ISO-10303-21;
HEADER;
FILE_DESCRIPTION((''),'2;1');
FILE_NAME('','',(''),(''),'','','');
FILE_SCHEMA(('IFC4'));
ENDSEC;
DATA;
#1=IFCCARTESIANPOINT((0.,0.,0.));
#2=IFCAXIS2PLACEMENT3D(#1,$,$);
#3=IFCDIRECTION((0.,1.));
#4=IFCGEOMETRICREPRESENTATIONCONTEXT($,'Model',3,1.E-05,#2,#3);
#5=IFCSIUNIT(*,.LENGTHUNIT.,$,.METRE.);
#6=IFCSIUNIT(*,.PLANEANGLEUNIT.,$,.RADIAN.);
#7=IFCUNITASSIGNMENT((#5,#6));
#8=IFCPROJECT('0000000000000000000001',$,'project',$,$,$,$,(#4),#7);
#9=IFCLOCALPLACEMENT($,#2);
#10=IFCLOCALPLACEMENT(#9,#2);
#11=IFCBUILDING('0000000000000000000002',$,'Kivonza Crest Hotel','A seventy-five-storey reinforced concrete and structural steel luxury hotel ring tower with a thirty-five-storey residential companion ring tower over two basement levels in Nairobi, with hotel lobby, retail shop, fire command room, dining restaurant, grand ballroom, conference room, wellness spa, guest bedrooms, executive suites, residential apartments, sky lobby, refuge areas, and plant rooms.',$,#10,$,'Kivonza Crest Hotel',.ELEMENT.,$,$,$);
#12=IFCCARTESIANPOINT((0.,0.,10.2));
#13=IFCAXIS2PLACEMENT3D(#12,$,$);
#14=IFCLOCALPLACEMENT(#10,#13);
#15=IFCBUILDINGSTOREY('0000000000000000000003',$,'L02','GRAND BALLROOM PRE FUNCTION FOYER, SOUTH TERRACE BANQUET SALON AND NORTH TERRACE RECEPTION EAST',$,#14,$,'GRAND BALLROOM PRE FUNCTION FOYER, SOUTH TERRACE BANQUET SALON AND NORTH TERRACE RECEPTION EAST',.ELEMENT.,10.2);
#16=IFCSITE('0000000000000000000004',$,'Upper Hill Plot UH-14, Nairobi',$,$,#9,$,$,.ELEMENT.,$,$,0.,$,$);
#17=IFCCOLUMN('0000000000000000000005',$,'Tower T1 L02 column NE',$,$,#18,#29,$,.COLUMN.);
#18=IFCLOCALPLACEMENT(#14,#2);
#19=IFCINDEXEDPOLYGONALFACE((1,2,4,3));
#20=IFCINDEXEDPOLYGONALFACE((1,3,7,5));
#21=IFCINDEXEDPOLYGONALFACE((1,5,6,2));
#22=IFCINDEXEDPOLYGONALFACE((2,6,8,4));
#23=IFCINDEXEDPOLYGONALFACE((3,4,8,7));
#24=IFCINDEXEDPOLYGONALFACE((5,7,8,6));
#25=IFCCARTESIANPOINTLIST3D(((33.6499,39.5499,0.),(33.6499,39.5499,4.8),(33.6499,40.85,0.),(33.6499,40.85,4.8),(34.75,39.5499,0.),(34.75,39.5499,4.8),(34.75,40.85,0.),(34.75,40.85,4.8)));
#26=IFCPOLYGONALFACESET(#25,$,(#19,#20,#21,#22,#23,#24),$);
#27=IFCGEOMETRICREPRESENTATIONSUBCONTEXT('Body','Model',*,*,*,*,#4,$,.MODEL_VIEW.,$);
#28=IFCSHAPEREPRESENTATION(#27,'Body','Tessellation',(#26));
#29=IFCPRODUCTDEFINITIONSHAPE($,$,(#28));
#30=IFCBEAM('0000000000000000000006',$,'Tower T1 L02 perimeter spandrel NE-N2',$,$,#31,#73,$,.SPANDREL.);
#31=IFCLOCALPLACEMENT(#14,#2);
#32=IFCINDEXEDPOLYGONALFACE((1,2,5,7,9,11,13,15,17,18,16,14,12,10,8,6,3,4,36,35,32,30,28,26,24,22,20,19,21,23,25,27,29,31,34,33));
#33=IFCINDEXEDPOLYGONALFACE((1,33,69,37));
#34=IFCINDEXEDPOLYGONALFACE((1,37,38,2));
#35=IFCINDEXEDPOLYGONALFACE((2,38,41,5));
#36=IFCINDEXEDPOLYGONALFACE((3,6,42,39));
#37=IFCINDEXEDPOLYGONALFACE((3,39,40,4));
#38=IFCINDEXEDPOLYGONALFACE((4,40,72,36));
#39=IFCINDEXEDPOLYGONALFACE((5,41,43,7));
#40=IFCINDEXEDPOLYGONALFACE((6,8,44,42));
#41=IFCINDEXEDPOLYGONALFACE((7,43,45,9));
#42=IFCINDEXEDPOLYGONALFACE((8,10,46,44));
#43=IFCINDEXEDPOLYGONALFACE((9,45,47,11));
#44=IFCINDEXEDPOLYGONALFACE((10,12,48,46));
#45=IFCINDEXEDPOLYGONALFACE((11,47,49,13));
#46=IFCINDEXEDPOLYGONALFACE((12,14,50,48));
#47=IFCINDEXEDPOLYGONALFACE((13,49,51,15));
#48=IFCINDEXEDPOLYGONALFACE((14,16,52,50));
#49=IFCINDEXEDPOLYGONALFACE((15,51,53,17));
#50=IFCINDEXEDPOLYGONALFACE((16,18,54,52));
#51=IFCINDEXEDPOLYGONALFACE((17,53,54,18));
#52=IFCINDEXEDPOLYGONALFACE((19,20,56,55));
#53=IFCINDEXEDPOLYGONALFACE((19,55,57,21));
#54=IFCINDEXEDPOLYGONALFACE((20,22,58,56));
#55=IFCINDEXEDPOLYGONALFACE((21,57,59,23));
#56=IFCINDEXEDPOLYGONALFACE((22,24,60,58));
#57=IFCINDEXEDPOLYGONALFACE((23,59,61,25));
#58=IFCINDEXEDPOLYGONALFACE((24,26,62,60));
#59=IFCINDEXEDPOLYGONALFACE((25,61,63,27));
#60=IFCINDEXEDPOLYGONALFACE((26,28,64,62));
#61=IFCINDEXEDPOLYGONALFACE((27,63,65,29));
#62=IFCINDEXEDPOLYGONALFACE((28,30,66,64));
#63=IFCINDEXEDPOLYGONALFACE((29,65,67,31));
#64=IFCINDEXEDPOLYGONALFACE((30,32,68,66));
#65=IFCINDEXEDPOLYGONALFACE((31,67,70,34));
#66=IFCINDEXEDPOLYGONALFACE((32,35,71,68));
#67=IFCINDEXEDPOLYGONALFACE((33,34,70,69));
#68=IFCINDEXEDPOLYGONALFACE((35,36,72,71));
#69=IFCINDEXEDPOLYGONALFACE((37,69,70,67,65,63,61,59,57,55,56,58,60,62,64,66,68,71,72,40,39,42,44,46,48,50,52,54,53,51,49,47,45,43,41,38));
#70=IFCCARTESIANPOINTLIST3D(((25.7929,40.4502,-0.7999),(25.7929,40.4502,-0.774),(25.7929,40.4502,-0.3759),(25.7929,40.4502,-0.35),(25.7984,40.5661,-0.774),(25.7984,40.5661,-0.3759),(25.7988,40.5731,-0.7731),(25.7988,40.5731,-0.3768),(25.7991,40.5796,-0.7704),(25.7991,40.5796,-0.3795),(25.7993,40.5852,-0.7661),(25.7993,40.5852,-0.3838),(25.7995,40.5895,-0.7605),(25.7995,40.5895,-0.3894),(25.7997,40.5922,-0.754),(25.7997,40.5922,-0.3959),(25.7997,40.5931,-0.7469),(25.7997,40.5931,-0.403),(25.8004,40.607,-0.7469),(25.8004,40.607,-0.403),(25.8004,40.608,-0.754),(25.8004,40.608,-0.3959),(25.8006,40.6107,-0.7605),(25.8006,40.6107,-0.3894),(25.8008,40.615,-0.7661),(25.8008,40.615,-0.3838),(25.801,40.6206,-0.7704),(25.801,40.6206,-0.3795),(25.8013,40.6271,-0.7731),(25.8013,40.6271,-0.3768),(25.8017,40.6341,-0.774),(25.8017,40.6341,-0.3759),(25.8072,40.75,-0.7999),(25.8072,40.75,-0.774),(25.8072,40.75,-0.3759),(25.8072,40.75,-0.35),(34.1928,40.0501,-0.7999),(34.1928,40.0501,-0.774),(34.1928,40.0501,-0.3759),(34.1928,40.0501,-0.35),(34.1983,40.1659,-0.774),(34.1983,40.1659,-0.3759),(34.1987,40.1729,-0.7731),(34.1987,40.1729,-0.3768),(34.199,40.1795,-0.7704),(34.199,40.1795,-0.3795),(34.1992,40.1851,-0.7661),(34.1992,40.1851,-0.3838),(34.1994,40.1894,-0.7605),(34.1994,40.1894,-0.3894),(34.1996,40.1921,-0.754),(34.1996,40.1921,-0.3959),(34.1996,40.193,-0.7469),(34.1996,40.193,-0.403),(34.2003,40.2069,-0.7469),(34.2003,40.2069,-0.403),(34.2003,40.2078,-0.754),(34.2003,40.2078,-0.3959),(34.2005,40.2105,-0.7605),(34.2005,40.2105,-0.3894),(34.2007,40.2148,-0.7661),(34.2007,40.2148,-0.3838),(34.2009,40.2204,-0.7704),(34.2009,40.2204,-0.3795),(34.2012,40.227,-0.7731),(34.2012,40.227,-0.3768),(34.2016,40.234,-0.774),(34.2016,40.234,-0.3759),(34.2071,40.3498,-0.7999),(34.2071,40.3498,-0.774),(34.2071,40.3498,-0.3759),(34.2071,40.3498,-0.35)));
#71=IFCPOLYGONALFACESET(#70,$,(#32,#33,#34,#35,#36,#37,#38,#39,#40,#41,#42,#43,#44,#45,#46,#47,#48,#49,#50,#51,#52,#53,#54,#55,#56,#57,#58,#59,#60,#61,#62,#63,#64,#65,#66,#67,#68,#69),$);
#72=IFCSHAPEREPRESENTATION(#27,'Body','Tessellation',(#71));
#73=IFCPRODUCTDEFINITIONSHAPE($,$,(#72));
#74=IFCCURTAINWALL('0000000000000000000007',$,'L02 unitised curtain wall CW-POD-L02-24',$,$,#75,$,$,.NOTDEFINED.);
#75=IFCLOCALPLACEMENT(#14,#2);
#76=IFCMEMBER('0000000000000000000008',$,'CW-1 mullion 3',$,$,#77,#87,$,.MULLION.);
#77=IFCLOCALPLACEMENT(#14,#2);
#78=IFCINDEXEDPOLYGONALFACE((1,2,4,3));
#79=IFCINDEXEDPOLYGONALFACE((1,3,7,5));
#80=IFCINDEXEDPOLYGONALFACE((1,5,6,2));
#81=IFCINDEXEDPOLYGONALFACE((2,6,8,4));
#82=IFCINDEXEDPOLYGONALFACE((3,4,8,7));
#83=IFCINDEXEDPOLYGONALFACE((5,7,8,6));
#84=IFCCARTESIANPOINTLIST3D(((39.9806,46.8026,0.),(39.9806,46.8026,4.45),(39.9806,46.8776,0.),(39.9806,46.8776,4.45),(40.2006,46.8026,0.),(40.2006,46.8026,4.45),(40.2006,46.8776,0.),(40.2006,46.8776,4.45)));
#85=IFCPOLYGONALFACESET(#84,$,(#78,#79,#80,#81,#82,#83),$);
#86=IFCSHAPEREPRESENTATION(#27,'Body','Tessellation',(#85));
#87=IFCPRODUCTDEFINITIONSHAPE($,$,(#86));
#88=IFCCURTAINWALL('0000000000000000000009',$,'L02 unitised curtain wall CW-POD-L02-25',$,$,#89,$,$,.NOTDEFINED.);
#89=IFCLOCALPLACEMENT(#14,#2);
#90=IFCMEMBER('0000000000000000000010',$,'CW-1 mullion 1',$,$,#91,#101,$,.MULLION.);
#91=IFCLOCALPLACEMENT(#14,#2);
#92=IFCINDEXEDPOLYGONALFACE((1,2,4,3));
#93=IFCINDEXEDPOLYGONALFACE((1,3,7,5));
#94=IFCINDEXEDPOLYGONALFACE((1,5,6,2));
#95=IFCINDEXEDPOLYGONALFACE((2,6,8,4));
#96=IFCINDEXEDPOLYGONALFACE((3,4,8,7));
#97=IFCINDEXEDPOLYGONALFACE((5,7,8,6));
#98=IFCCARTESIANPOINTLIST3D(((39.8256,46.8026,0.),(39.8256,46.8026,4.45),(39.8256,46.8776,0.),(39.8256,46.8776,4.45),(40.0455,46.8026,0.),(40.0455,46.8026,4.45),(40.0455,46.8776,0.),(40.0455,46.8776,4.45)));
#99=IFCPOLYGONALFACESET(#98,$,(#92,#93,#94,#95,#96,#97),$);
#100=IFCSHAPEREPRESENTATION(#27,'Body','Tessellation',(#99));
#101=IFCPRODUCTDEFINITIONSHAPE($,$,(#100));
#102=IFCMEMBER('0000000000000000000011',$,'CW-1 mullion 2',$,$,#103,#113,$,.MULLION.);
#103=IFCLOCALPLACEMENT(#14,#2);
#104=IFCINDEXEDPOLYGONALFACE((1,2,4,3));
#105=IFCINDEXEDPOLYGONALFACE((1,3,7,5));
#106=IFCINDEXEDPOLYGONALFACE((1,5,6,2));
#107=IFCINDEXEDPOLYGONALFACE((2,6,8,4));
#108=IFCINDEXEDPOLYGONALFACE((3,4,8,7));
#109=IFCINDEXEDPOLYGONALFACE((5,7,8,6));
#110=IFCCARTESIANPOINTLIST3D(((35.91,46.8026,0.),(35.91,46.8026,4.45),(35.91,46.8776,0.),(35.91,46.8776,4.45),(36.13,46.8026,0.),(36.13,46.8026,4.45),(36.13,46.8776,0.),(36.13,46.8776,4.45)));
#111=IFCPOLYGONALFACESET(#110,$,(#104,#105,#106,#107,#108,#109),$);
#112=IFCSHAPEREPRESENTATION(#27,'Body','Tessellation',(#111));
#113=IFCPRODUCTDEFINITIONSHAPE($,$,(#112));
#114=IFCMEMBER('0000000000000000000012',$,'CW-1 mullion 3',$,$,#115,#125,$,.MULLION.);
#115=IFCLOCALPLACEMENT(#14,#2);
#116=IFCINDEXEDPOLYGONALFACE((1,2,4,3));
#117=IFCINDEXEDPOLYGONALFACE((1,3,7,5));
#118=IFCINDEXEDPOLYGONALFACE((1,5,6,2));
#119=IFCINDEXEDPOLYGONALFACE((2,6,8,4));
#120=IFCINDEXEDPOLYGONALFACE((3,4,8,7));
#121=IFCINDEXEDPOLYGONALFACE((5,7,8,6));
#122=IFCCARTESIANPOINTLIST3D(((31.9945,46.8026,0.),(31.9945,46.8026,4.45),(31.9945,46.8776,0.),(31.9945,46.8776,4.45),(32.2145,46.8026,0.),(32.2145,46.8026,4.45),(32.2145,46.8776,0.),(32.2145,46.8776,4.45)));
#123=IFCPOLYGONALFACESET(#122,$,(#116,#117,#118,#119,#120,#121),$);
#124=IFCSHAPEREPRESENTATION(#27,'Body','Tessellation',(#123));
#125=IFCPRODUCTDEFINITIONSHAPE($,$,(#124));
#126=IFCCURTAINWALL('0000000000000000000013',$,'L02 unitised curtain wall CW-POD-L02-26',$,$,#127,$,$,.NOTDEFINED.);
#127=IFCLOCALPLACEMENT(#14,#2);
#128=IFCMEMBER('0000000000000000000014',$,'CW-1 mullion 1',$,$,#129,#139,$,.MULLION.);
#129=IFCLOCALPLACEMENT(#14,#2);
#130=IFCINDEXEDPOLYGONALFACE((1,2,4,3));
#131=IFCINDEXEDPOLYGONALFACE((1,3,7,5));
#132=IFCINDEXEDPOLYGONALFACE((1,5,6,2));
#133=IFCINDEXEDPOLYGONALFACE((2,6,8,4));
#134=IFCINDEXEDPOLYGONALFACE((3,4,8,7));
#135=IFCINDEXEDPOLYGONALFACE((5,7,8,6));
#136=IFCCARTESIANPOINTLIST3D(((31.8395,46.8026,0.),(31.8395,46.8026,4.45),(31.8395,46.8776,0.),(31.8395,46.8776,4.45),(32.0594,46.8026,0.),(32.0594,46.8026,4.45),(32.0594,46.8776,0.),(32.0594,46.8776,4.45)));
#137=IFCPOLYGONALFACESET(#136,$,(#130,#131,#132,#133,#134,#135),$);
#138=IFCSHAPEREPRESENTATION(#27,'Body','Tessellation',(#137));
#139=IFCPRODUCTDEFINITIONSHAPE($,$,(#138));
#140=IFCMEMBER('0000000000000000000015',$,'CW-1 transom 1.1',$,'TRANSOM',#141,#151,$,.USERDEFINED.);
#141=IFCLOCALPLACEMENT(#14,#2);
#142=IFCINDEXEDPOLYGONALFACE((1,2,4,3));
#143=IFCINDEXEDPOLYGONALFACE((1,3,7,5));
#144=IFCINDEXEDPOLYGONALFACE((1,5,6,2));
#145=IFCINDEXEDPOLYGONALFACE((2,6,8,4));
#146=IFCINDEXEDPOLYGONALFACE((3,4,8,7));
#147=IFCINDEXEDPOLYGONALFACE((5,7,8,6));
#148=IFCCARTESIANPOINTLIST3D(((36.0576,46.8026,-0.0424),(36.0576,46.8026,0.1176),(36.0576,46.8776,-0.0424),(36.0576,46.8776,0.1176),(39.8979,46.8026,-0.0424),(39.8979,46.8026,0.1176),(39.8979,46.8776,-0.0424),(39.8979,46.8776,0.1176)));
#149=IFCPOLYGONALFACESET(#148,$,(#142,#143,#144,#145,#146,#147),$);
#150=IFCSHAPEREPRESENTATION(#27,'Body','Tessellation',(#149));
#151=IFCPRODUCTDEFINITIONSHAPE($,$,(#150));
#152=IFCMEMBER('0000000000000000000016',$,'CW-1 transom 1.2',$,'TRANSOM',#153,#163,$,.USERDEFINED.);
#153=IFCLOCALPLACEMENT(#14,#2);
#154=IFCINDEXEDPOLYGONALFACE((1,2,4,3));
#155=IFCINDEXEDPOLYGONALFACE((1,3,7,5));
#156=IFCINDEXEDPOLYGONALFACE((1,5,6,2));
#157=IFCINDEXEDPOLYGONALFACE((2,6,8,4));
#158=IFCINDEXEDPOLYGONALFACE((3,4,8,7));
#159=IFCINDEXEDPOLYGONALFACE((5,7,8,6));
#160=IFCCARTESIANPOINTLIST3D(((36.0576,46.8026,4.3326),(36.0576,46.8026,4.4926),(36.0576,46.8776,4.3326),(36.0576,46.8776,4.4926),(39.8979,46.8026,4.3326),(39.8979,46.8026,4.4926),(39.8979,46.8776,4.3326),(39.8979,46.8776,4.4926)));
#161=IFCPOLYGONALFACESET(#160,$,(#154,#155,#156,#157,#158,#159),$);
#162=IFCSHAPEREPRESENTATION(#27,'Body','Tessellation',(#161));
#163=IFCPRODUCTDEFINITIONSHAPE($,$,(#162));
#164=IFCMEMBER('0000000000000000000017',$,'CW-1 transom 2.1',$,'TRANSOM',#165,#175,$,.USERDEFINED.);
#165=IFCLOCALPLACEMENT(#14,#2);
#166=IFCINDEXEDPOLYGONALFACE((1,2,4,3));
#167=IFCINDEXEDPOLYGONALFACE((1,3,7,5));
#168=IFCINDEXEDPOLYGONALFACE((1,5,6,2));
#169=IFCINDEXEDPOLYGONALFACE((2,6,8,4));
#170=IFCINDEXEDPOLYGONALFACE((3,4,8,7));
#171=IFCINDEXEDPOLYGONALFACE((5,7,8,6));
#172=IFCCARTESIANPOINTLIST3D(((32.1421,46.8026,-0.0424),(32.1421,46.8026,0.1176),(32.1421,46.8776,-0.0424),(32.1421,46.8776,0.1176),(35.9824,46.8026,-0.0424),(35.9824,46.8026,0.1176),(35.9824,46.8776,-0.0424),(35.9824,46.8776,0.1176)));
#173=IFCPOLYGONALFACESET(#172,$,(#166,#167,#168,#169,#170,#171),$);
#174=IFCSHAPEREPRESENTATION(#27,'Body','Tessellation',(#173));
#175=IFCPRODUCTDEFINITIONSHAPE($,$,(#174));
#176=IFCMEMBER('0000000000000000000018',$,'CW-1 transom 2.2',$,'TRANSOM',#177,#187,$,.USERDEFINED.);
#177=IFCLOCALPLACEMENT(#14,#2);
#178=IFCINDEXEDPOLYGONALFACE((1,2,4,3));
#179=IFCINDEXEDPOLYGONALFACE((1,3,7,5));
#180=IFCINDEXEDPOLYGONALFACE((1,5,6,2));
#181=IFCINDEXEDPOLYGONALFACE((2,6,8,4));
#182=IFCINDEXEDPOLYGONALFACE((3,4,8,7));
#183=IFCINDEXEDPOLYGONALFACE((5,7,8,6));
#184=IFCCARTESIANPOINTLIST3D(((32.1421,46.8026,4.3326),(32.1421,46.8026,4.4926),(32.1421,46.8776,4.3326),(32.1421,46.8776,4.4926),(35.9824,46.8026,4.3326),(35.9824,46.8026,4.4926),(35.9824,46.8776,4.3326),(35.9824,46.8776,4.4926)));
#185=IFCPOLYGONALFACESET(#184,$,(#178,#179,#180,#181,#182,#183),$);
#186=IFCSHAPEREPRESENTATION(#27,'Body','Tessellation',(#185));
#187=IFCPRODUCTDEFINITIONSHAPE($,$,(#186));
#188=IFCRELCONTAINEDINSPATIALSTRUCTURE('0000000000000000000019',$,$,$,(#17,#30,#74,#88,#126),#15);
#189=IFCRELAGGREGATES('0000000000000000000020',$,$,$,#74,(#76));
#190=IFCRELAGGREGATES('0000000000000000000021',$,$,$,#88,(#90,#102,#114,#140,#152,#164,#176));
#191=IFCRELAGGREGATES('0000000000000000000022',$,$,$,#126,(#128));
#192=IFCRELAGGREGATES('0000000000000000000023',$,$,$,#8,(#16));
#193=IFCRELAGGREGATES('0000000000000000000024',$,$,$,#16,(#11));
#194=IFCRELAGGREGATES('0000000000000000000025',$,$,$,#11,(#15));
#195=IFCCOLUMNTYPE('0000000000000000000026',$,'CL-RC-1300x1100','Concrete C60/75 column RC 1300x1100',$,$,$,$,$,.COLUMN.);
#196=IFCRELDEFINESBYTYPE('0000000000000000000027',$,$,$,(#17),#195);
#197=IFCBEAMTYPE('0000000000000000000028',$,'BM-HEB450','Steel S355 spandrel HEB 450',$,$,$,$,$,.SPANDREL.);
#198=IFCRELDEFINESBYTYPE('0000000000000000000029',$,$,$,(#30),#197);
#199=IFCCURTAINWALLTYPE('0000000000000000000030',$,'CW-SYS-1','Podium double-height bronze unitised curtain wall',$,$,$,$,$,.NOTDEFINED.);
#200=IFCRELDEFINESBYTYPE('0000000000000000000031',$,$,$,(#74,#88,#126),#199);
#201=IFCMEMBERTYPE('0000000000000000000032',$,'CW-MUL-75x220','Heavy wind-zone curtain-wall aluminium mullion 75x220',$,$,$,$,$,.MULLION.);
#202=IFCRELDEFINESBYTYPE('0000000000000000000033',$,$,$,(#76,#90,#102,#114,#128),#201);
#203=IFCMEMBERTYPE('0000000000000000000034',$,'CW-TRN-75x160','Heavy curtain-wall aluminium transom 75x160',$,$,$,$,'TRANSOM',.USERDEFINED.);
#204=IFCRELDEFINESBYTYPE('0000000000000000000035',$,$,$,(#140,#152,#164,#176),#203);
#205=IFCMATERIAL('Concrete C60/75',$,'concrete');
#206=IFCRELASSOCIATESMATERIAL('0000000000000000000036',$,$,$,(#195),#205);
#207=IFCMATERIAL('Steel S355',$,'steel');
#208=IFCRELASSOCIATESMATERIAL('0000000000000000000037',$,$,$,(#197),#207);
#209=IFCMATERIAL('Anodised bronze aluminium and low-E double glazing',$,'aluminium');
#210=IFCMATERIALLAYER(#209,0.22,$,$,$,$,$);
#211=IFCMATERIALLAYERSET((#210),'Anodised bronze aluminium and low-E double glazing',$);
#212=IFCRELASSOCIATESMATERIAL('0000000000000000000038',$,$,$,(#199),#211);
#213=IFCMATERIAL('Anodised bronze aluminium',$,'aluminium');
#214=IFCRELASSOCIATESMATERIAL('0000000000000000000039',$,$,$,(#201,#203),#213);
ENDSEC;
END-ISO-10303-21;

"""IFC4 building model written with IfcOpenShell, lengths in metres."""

from ifc_helpers import new_model, si_unit, direction, frame, origin, origin_2d, place, context, subcontext, project, spatial, rectangle, i_section, extrude, material, layer, layer_set, material_profile, profile_set, type_object, element, aggregate, save


model = new_model("IFC4")

# Units and contexts
model_context = context("Model", 3, precision=1e-05, world=origin(), true_north=direction((0.0, 1.0)))
body_context = subcontext(model_context, "Body", "Model", "MODEL_VIEW")
ifc_project = project(units=[si_unit("LENGTHUNIT", "METRE"), si_unit("PLANEANGLEUNIT", "RADIAN")], contexts=[model_context])

# Site, building, storey
site_placement = place(None, origin())
site = spatial("IfcSite", under=ifc_project, at=site_placement, Name="Upper Hill Plot UH-14, Nairobi", CompositionType="ELEMENT", RefElevation=0.0)
building_placement = place(site_placement, origin())
building = spatial("IfcBuilding", under=site, at=building_placement, Name="Kivonza Crest Hotel", Description="A seventy-five-storey reinforced concrete and structural steel luxury hotel ring tower with a thirty-five-storey residential companion ring tower over two basement levels in Nairobi, with hotel lobby, retail shop, fire command room, dining restaurant, grand ballroom, conference room, wellness spa, guest bedrooms, executive suites, residential apartments, sky lobby, refuge areas, and plant rooms.", LongName="Kivonza Crest Hotel", CompositionType="ELEMENT")
storey_placement = place(building_placement, frame((0.0, 0.0, 10.2)))
storey = spatial("IfcBuildingStorey", under=building, at=storey_placement, Name="L02", Description="GRAND BALLROOM PRE FUNCTION FOYER, SOUTH TERRACE BANQUET SALON AND NORTH TERRACE RECEPTION EAST", LongName="GRAND BALLROOM PRE FUNCTION FOYER, SOUTH TERRACE BANQUET SALON AND NORTH TERRACE RECEPTION EAST", CompositionType="ELEMENT", Elevation=10.2)

# Column
ifc_material_1 = material(Name="Concrete C60/75", Category="concrete")
ifc_material_profile_1 = material_profile(ifc_material_1, rectangle(XDim=1.1001, YDim=1.3, at=origin_2d()), Name="RC 1300x1100")
ifc_profile_set_1 = profile_set([ifc_material_profile_1], Name="Concrete C60/75")
column_type = type_object("IfcColumnType", Name="CL-RC-1300x1100", Description="Concrete C60/75 column RC 1300x1100", PredefinedType="COLUMN", material=ifc_profile_set_1)
column_placement = place(storey_placement, frame((34.2, 40.2, 0.0), z_axis=(0.0, 0.0, 1.0), x_axis=(1.0, 0.0, 0.0)))
element("IfcColumn", 1, at=column_placement, inside=storey, type_object=column_type, Name="Tower T1 L02 column NE", PredefinedType="COLUMN", context=body_context, shape_type="SweptSolid", body=[
    extrude(rectangle(XDim=1.1001, YDim=1.3, at=origin_2d()), origin(), (0.0, 0.0, 1.0), 4.8),
])

# Beam
ifc_material_2 = material(Name="Steel S355", Category="steel")
ifc_material_profile_2 = material_profile(ifc_material_2, i_section(OverallWidth=0.3, OverallDepth=0.45, WebThickness=0.0139, FlangeThickness=0.0259, FilletRadius=0.0271, at=origin_2d()), Name="HEB 450")
ifc_profile_set_2 = profile_set([ifc_material_profile_2], Name="Steel S355")
beam_type = type_object("IfcBeamType", Name="BM-HEB450", Description="Steel S355 spandrel HEB 450", PredefinedType="SPANDREL", material=ifc_profile_set_2)
beam_placement = place(storey_placement, frame((34.2, 40.2, -0.575), z_axis=(-0.998867, 0.047583, 0.0), x_axis=(-0.047583, -0.998867, 0.0)))
element("IfcBeam", 2, at=beam_placement, inside=storey, type_object=beam_type, Name="Tower T1 L02 perimeter spandrel NE-N2", PredefinedType="SPANDREL", context=body_context, shape_type="SweptSolid", body=[
    extrude(i_section(OverallWidth=0.3, OverallDepth=0.45, WebThickness=0.0139, FlangeThickness=0.0259, FilletRadius=0.0271, at=origin_2d()), origin(), (0.0, 0.0, 1.0), 8.4094),
])

# Curtain wall, member
ifc_material_3 = material(Name="Anodised bronze aluminium and low-E double glazing", Category="aluminium")
ifc_layer_1 = layer(ifc_material_3, 0.22)
ifc_layer_set_1 = layer_set([ifc_layer_1], Name="Anodised bronze aluminium and low-E double glazing")
curtain_wall_type = type_object("IfcCurtainWallType", Name="CW-SYS-1", Description="Podium double-height bronze unitised curtain wall", PredefinedType="NOTDEFINED", material=ifc_layer_set_1)
curtain_wall_1_placement = place(storey_placement, origin())
curtain_wall_1 = element("IfcCurtainWall", 3, at=curtain_wall_1_placement, inside=storey, type_object=curtain_wall_type, Name="L02 unitised curtain wall CW-POD-L02-24", PredefinedType="NOTDEFINED")
ifc_material_4 = material(Name="Anodised bronze aluminium", Category="aluminium")
ifc_material_profile_3 = material_profile(ifc_material_4, rectangle(XDim=0.075, YDim=0.22, at=origin_2d()), Name="CW-M 75x220")
ifc_profile_set_3 = profile_set([ifc_material_profile_3], Name="Anodised bronze aluminium")
member_type_1 = type_object("IfcMemberType", Name="CW-MUL-75x220", Description="Heavy wind-zone curtain-wall aluminium mullion 75x220", PredefinedType="MULLION", material=ifc_profile_set_3)
member_1_placement = place(storey_placement, frame((40.0906, 46.8401, 0.0), z_axis=(0.0, 0.0, 1.0), x_axis=(0.0, -1.0, 0.0)))
member_1 = element("IfcMember", 4, at=member_1_placement, type_object=member_type_1, Name="CW-1 mullion 3", PredefinedType="MULLION", context=body_context, shape_type="SweptSolid", body=[
    extrude(rectangle(XDim=0.075, YDim=0.22, at=origin_2d()), origin(), (0.0, 0.0, 1.0), 4.45),
])
aggregate(curtain_wall_1, [member_1])

# Curtain wall, members
curtain_wall_2_placement = place(storey_placement, origin())
curtain_wall_2 = element("IfcCurtainWall", 5, at=curtain_wall_2_placement, inside=storey, type_object=curtain_wall_type, Name="L02 unitised curtain wall CW-POD-L02-25", PredefinedType="NOTDEFINED")
member_2_placement = place(storey_placement, frame((39.9355, 46.8401, 0.0), z_axis=(0.0, 0.0, 1.0), x_axis=(0.0, -1.0, 0.0)))
member_2 = element("IfcMember", 6, at=member_2_placement, type_object=member_type_1, Name="CW-1 mullion 1", PredefinedType="MULLION", context=body_context, shape_type="SweptSolid", body=[
    extrude(rectangle(XDim=0.075, YDim=0.22, at=origin_2d()), origin(), (0.0, 0.0, 1.0), 4.45),
])
member_3_placement = place(storey_placement, frame((36.02, 46.8401, 0.0), z_axis=(0.0, 0.0, 1.0), x_axis=(0.0, -1.0, 0.0)))
member_3 = element("IfcMember", 7, at=member_3_placement, type_object=member_type_1, Name="CW-1 mullion 2", PredefinedType="MULLION", context=body_context, shape_type="SweptSolid", body=[
    extrude(rectangle(XDim=0.075, YDim=0.22, at=origin_2d()), origin(), (0.0, 0.0, 1.0), 4.45),
])
member_4_placement = place(storey_placement, frame((32.1045, 46.8401, 0.0), z_axis=(0.0, 0.0, 1.0), x_axis=(0.0, -1.0, 0.0)))
member_4 = element("IfcMember", 8, at=member_4_placement, type_object=member_type_1, Name="CW-1 mullion 3", PredefinedType="MULLION", context=body_context, shape_type="SweptSolid", body=[
    extrude(rectangle(XDim=0.075, YDim=0.22, at=origin_2d()), origin(), (0.0, 0.0, 1.0), 4.45),
])

# Curtain wall, member
curtain_wall_3_placement = place(storey_placement, origin())
curtain_wall_3 = element("IfcCurtainWall", 9, at=curtain_wall_3_placement, inside=storey, type_object=curtain_wall_type, Name="L02 unitised curtain wall CW-POD-L02-26", PredefinedType="NOTDEFINED")
member_5_placement = place(storey_placement, frame((31.9495, 46.8401, 0.0), z_axis=(0.0, 0.0, 1.0), x_axis=(0.0, -1.0, 0.0)))
member_5 = element("IfcMember", 10, at=member_5_placement, type_object=member_type_1, Name="CW-1 mullion 1", PredefinedType="MULLION", context=body_context, shape_type="SweptSolid", body=[
    extrude(rectangle(XDim=0.075, YDim=0.22, at=origin_2d()), origin(), (0.0, 0.0, 1.0), 4.45),
])

# Members
ifc_material_profile_4 = material_profile(ifc_material_4, rectangle(XDim=0.075, YDim=0.1599, at=origin_2d()), Name="CW-T 75x160")
ifc_profile_set_4 = profile_set([ifc_material_profile_4], Name="Anodised bronze aluminium")
member_type_2 = type_object("IfcMemberType", Name="CW-TRN-75x160", Description="Heavy curtain-wall aluminium transom 75x160", ElementType="TRANSOM", PredefinedType="USERDEFINED", material=ifc_profile_set_4)
member_6_placement = place(storey_placement, frame((39.8979, 46.8401, 0.0376), z_axis=(-1.0, 0.0, 0.0), x_axis=(0.0, -1.0, 0.0)))
member_6 = element("IfcMember", 11, at=member_6_placement, type_object=member_type_2, Name="CW-1 transom 1.1", ObjectType="TRANSOM", PredefinedType="USERDEFINED", context=body_context, shape_type="SweptSolid", body=[
    extrude(rectangle(XDim=0.075, YDim=0.1599, at=origin_2d()), origin(), (0.0, 0.0, 1.0), 3.8403),
])
member_7_placement = place(storey_placement, frame((39.8979, 46.8401, 4.4126), z_axis=(-1.0, 0.0, 0.0), x_axis=(0.0, -1.0, 0.0)))
member_7 = element("IfcMember", 12, at=member_7_placement, type_object=member_type_2, Name="CW-1 transom 1.2", ObjectType="TRANSOM", PredefinedType="USERDEFINED", context=body_context, shape_type="SweptSolid", body=[
    extrude(rectangle(XDim=0.075, YDim=0.1599, at=origin_2d()), origin(), (0.0, 0.0, 1.0), 3.8403),
])
member_8_placement = place(storey_placement, frame((35.9824, 46.8401, 0.0376), z_axis=(-1.0, 0.0, 0.0), x_axis=(0.0, -1.0, 0.0)))
member_8 = element("IfcMember", 13, at=member_8_placement, type_object=member_type_2, Name="CW-1 transom 2.1", ObjectType="TRANSOM", PredefinedType="USERDEFINED", context=body_context, shape_type="SweptSolid", body=[
    extrude(rectangle(XDim=0.075, YDim=0.1599, at=origin_2d()), origin(), (0.0, 0.0, 1.0), 3.8403),
])
member_9_placement = place(storey_placement, frame((35.9824, 46.8401, 4.4126), z_axis=(-1.0, 0.0, 0.0), x_axis=(0.0, -1.0, 0.0)))
member_9 = element("IfcMember", 14, at=member_9_placement, type_object=member_type_2, Name="CW-1 transom 2.2", ObjectType="TRANSOM", PredefinedType="USERDEFINED", context=body_context, shape_type="SweptSolid", body=[
    extrude(rectangle(XDim=0.075, YDim=0.1599, at=origin_2d()), origin(), (0.0, 0.0, 1.0), 3.8403),
])

aggregate(curtain_wall_2, [member_2, member_3, member_4, member_6, member_7, member_8, member_9])
aggregate(curtain_wall_3, [member_5])

save(model, "model.ifc")
